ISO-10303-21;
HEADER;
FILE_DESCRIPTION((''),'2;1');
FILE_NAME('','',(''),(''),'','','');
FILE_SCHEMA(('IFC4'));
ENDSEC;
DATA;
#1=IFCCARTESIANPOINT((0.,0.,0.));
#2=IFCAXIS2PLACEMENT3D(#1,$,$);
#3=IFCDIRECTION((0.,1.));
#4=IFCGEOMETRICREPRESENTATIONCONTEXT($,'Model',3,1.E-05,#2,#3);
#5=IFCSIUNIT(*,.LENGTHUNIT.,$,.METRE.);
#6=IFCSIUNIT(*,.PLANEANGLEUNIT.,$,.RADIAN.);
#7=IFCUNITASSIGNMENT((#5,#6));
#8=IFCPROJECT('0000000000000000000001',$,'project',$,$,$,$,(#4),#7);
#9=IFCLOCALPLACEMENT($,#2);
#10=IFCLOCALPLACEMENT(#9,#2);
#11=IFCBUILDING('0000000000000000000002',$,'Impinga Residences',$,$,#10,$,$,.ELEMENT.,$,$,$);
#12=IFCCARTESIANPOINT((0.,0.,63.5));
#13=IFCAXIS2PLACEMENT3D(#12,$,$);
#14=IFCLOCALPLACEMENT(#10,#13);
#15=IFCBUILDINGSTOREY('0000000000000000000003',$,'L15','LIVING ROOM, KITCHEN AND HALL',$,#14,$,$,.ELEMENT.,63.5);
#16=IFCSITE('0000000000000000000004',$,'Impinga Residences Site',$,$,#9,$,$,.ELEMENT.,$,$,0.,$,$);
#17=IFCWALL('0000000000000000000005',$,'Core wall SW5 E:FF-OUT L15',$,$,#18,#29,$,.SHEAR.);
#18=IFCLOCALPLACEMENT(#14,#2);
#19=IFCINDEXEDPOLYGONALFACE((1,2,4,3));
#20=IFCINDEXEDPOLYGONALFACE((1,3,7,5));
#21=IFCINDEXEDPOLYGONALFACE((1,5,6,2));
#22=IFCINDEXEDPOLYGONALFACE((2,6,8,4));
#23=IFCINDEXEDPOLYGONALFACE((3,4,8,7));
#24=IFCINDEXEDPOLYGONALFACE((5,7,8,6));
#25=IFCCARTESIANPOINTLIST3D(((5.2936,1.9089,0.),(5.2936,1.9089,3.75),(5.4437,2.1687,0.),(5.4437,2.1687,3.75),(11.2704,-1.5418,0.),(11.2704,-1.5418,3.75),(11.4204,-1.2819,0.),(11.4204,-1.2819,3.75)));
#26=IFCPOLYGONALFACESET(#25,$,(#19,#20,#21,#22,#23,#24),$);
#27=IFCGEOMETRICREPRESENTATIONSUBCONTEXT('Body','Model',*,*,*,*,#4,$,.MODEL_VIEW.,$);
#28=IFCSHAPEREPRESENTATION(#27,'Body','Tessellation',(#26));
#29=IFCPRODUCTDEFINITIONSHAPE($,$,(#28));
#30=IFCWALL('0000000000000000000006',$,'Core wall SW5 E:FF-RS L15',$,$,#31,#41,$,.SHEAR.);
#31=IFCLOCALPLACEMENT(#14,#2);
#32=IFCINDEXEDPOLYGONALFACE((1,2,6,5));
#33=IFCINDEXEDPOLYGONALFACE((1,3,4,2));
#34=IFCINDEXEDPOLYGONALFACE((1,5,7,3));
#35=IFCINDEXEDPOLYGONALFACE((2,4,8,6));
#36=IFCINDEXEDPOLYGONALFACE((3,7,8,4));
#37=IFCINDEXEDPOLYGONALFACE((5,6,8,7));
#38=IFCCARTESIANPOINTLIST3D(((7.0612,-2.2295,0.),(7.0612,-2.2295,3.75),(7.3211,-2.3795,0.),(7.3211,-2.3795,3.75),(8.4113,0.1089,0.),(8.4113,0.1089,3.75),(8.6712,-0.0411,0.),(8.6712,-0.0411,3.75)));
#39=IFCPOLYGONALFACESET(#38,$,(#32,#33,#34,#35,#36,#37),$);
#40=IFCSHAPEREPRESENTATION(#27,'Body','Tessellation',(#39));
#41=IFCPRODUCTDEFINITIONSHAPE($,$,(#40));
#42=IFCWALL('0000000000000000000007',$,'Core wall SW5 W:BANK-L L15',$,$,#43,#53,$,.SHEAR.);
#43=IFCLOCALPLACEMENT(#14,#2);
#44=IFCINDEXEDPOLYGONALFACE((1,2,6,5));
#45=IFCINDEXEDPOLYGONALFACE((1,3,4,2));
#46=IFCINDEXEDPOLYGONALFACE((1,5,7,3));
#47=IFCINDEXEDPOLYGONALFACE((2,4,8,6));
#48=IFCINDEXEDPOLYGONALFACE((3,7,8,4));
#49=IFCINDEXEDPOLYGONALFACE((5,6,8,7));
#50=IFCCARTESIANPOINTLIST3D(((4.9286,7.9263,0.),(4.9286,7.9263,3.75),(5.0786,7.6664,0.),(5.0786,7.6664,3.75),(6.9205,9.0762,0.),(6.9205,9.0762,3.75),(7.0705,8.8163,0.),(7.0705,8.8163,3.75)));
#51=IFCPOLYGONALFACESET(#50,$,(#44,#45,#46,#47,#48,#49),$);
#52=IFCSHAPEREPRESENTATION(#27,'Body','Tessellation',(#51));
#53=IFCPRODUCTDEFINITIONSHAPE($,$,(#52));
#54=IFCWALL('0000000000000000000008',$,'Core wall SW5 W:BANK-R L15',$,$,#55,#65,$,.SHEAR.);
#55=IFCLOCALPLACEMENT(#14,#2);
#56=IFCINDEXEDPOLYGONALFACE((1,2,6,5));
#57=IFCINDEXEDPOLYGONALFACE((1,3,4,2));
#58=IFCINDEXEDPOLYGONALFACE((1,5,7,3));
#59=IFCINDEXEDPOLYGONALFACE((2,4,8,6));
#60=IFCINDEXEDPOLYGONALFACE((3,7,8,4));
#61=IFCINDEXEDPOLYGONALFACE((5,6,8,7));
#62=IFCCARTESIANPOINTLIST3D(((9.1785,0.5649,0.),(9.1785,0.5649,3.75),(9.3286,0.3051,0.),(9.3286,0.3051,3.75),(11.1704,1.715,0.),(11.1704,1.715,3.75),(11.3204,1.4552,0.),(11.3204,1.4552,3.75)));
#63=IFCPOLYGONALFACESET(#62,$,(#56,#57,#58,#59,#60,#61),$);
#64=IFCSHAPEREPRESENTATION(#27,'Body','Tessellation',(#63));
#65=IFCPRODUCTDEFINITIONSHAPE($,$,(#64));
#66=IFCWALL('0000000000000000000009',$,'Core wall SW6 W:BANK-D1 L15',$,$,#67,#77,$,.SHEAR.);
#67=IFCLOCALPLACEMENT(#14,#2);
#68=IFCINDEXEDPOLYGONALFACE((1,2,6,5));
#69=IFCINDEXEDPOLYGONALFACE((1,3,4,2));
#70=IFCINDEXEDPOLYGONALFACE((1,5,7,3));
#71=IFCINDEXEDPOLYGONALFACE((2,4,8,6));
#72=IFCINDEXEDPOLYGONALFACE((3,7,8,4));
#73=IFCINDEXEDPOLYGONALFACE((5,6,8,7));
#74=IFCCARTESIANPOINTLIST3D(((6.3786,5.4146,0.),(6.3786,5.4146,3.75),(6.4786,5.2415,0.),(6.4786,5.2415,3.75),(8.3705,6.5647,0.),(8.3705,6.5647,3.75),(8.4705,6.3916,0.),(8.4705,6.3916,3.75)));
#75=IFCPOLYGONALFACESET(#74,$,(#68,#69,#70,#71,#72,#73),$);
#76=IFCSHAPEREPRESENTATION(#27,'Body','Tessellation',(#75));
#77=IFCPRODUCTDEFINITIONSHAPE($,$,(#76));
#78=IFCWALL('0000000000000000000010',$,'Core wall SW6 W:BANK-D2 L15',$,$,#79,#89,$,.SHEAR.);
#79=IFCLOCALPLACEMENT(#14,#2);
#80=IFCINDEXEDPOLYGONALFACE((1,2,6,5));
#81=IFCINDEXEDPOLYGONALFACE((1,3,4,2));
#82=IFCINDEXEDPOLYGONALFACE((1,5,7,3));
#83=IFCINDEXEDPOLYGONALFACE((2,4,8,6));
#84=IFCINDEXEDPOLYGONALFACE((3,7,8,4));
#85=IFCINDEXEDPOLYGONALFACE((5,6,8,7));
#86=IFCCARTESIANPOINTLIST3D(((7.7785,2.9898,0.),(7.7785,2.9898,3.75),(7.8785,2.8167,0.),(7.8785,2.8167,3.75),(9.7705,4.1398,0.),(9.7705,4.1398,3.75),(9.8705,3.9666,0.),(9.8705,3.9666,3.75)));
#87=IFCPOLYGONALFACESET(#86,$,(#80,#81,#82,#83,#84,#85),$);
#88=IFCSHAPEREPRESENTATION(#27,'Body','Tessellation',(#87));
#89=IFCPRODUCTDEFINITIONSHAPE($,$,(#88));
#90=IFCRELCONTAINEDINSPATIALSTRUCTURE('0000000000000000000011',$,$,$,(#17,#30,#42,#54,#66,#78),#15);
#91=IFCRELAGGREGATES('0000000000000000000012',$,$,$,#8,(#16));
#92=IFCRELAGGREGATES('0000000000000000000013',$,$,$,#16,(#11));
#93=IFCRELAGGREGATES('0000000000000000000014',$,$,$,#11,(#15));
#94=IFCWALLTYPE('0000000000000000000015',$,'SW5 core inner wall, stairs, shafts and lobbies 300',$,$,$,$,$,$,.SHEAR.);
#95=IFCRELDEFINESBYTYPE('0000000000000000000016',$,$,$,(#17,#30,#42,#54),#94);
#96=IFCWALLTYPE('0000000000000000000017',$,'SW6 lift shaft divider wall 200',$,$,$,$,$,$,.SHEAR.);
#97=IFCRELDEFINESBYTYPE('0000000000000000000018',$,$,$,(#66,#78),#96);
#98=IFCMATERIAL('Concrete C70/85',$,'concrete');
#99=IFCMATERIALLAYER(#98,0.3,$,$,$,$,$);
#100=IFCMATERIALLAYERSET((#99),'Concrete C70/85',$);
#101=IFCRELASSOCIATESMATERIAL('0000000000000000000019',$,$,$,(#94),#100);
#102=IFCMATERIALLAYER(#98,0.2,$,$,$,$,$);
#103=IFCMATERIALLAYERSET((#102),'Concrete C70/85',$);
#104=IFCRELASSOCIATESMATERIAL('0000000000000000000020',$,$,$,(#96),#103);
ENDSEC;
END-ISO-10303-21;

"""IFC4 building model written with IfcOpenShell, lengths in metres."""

from ifc_helpers import new_model, si_unit, direction, frame, frame_2d, origin, place, context, subcontext, project, spatial, rectangle, extrude, material, layer, layer_set, type_object, element, save


model = new_model("IFC4")

# Units and contexts
model_context = context("Model", 3, precision=1e-05, world=origin(), true_north=direction((0.0, 1.0)))
body_context = subcontext(model_context, "Body", "Model", "MODEL_VIEW")
ifc_project = project(units=[si_unit("LENGTHUNIT", "METRE"), si_unit("PLANEANGLEUNIT", "RADIAN")], contexts=[model_context])

# Site, building, storey
site_placement = place(None, origin())
site = spatial("IfcSite", under=ifc_project, at=site_placement, Name="Impinga Residences Site", CompositionType="ELEMENT", RefElevation=0.0)
building_placement = place(site_placement, origin())
building = spatial("IfcBuilding", under=site, at=building_placement, Name="Impinga Residences", CompositionType="ELEMENT")
storey_placement = place(building_placement, frame((0.0, 0.0, 63.5)))
storey = spatial("IfcBuildingStorey", under=building, at=storey_placement, Name="L15", Description="LIVING ROOM, KITCHEN AND HALL", CompositionType="ELEMENT", Elevation=63.5)

# Shared definitions
ifc_material_1 = material(Name="Concrete C70/85", Category="concrete")

# Shared definitions
ifc_layer_1 = layer(ifc_material_1, 0.3)
ifc_layer_set_1 = layer_set([ifc_layer_1], Name="Concrete C70/85")
wall_type_1 = type_object("IfcWallType", Name="SW5 core inner wall, stairs, shafts and lobbies 300", PredefinedType="SHEAR", material=ifc_layer_set_1)

# Walls
wall_1_placement = place(storey_placement, frame((5.3687, 2.0388, 0.0), z_axis=(0.0, 0.0, 1.0), x_axis=(0.866027, -0.499997, 0.0)))
element("IfcWall", 1, at=wall_1_placement, inside=storey, type_object=wall_type_1, Name="Core wall SW5 E:FF-OUT L15", PredefinedType="SHEAR", context=body_context, shape_type="SweptSolid", body=[
    extrude(rectangle(XDim=6.9014, YDim=0.3, at=frame_2d((3.4507, 0.0))), origin(), (0.0, 0.0, 1.0), 3.75),
])
wall_2_placement = place(storey_placement, frame((8.5413, 0.0339, 0.0), z_axis=(0.0, 0.0, 1.0), x_axis=(-0.500009, -0.86602, 0.0)))
element("IfcWall", 2, at=wall_2_placement, inside=storey, type_object=wall_type_1, Name="Core wall SW5 E:FF-RS L15", PredefinedType="SHEAR", context=body_context, shape_type="SweptSolid", body=[
    extrude(rectangle(XDim=2.7002, YDim=0.3, at=frame_2d((1.3501, 0.0))), origin(), (0.0, 0.0, 1.0), 3.75),
])
for number, where, z_axis, x_axis, name in (
    (3, (5.0037, 7.7964, 0.0), (0.0, 0.0, 1.0), (0.866053, 0.499952, 0.0), "Core wall SW5 W:BANK-L L15"),
    (4, (9.2537, 0.4351, 0.0), (0.0, 0.0, 1.0), (0.866007, 0.500032, 0.0), "Core wall SW5 W:BANK-R L15"),
):
    element("IfcWall", number, at=place(storey_placement, frame(where, z_axis=z_axis, x_axis=x_axis)), inside=storey, type_object=wall_type_1, Name=name, PredefinedType="SHEAR", context=body_context, shape_type="SweptSolid", body=[
        extrude(rectangle(XDim=2.3, YDim=0.3, at=frame_2d((1.1499, 0.0))), origin(), (0.0, 0.0, 1.0), 3.75),
    ])
ifc_layer_2 = layer(ifc_material_1, 0.2)
ifc_layer_set_2 = layer_set([ifc_layer_2], Name="Concrete C70/85")
wall_type_2 = type_object("IfcWallType", Name="SW6 lift shaft divider wall 200", PredefinedType="SHEAR", material=ifc_layer_set_2)
for number, where, z_axis, x_axis, name in (
    (5, (6.4287, 5.3281, 0.0), (0.0, 0.0, 1.0), (0.866007, 0.500032, 0.0), "Core wall SW6 W:BANK-D1 L15"),
    (6, (7.8286, 2.9033, 0.0), (0.0, 0.0, 1.0), (0.866053, 0.499952, 0.0), "Core wall SW6 W:BANK-D2 L15"),
):
    element("IfcWall", number, at=place(storey_placement, frame(where, z_axis=z_axis, x_axis=x_axis)), inside=storey, type_object=wall_type_2, Name=name, PredefinedType="SHEAR", context=body_context, shape_type="SweptSolid", body=[
        extrude(rectangle(XDim=2.3, YDim=0.2, at=frame_2d((1.1499, 0.0))), origin(), (0.0, 0.0, 1.0), 3.75),
    ])

save(model, "model.ifc")
